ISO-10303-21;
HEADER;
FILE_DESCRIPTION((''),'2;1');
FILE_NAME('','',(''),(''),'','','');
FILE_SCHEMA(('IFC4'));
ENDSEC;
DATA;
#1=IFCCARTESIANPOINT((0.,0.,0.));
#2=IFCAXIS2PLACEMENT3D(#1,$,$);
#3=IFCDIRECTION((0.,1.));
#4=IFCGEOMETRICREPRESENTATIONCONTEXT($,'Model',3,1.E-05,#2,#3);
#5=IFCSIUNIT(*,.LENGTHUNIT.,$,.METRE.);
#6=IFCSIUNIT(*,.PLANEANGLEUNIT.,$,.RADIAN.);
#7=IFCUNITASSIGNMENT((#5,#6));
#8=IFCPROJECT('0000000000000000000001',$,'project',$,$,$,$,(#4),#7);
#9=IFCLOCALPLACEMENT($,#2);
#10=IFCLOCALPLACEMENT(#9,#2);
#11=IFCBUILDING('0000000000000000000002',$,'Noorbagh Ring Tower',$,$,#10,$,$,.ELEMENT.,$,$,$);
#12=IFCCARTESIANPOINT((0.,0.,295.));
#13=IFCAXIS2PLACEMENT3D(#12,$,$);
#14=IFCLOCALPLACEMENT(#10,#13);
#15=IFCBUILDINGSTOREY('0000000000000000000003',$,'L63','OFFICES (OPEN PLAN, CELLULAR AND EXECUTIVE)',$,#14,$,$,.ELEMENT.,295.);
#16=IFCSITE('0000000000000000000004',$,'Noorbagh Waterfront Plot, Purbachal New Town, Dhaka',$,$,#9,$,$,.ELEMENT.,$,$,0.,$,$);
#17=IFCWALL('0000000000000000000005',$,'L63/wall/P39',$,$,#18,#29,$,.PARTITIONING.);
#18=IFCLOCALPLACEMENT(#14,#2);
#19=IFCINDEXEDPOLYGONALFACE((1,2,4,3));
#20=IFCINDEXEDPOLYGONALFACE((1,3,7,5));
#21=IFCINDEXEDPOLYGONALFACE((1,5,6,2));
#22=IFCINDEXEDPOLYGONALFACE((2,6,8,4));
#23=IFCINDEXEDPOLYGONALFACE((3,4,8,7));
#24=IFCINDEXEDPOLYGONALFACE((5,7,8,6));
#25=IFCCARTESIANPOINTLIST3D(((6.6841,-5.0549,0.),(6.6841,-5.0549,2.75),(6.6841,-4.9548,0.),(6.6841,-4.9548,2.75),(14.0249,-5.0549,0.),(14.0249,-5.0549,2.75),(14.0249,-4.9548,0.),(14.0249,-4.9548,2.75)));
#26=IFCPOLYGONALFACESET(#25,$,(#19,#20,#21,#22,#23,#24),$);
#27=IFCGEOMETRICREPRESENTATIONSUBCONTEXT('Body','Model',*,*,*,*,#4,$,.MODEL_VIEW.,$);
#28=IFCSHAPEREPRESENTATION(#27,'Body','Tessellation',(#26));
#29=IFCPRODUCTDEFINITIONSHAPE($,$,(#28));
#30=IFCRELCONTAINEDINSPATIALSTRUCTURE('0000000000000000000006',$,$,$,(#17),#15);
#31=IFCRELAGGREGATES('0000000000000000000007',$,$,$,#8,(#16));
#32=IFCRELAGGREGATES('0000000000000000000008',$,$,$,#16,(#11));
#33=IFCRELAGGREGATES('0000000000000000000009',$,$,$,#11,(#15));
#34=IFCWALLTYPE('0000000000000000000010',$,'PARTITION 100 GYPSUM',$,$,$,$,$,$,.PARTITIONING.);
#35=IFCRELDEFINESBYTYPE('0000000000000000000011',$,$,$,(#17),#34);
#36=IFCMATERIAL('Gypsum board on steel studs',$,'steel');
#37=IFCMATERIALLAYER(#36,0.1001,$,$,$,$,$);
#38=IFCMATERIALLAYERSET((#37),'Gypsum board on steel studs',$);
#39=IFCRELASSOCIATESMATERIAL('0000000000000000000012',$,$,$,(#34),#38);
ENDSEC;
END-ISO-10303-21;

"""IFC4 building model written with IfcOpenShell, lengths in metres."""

from ifc_helpers import new_model, si_unit, direction, frame, frame_2d, origin, place, context, subcontext, project, spatial, rectangle, extrude, material, layer, layer_set, type_object, element, save


model = new_model("IFC4")

# Units and contexts
model_context = context("Model", 3, precision=1e-05, world=origin(), true_north=direction((0.0, 1.0)))
body_context = subcontext(model_context, "Body", "Model", "MODEL_VIEW")
ifc_project = project(units=[si_unit("LENGTHUNIT", "METRE"), si_unit("PLANEANGLEUNIT", "RADIAN")], contexts=[model_context])

# Site, building, storey
site_placement = place(None, origin())
site = spatial("IfcSite", under=ifc_project, at=site_placement, Name="Noorbagh Waterfront Plot, Purbachal New Town, Dhaka", CompositionType="ELEMENT", RefElevation=0.0)
building_placement = place(site_placement, origin())
building = spatial("IfcBuilding", under=site, at=building_placement, Name="Noorbagh Ring Tower", CompositionType="ELEMENT")
storey_placement = place(building_placement, frame((0.0, 0.0, 295.0)))
storey = spatial("IfcBuildingStorey", under=building, at=storey_placement, Name="L63", Description="OFFICES (OPEN PLAN, CELLULAR AND EXECUTIVE)", CompositionType="ELEMENT", Elevation=295.0)

# Wall
ifc_material_1 = material(Name="Gypsum board on steel studs", Category="steel")
ifc_layer_1 = layer(ifc_material_1, 0.1001)
ifc_layer_set_1 = layer_set([ifc_layer_1], Name="Gypsum board on steel studs")
wall_type_1 = type_object("IfcWallType", Name="PARTITION 100 GYPSUM", PredefinedType="PARTITIONING", material=ifc_layer_set_1)
wall_1_placement = place(storey_placement, frame((6.6841, -5.0049, 0.0), z_axis=(0.0, 0.0, 1.0), x_axis=(1.0, 0.0, 0.0)))
element("IfcWall", 1, at=wall_1_placement, inside=storey, type_object=wall_type_1, Name="L63/wall/P39", PredefinedType="PARTITIONING", context=body_context, shape_type="SweptSolid", body=[
    extrude(rectangle(XDim=7.3408, YDim=0.1001, at=frame_2d((3.6704, 0.0))), origin(), (0.0, 0.0, 1.0), 2.75),
])

save(model, "model.ifc")
